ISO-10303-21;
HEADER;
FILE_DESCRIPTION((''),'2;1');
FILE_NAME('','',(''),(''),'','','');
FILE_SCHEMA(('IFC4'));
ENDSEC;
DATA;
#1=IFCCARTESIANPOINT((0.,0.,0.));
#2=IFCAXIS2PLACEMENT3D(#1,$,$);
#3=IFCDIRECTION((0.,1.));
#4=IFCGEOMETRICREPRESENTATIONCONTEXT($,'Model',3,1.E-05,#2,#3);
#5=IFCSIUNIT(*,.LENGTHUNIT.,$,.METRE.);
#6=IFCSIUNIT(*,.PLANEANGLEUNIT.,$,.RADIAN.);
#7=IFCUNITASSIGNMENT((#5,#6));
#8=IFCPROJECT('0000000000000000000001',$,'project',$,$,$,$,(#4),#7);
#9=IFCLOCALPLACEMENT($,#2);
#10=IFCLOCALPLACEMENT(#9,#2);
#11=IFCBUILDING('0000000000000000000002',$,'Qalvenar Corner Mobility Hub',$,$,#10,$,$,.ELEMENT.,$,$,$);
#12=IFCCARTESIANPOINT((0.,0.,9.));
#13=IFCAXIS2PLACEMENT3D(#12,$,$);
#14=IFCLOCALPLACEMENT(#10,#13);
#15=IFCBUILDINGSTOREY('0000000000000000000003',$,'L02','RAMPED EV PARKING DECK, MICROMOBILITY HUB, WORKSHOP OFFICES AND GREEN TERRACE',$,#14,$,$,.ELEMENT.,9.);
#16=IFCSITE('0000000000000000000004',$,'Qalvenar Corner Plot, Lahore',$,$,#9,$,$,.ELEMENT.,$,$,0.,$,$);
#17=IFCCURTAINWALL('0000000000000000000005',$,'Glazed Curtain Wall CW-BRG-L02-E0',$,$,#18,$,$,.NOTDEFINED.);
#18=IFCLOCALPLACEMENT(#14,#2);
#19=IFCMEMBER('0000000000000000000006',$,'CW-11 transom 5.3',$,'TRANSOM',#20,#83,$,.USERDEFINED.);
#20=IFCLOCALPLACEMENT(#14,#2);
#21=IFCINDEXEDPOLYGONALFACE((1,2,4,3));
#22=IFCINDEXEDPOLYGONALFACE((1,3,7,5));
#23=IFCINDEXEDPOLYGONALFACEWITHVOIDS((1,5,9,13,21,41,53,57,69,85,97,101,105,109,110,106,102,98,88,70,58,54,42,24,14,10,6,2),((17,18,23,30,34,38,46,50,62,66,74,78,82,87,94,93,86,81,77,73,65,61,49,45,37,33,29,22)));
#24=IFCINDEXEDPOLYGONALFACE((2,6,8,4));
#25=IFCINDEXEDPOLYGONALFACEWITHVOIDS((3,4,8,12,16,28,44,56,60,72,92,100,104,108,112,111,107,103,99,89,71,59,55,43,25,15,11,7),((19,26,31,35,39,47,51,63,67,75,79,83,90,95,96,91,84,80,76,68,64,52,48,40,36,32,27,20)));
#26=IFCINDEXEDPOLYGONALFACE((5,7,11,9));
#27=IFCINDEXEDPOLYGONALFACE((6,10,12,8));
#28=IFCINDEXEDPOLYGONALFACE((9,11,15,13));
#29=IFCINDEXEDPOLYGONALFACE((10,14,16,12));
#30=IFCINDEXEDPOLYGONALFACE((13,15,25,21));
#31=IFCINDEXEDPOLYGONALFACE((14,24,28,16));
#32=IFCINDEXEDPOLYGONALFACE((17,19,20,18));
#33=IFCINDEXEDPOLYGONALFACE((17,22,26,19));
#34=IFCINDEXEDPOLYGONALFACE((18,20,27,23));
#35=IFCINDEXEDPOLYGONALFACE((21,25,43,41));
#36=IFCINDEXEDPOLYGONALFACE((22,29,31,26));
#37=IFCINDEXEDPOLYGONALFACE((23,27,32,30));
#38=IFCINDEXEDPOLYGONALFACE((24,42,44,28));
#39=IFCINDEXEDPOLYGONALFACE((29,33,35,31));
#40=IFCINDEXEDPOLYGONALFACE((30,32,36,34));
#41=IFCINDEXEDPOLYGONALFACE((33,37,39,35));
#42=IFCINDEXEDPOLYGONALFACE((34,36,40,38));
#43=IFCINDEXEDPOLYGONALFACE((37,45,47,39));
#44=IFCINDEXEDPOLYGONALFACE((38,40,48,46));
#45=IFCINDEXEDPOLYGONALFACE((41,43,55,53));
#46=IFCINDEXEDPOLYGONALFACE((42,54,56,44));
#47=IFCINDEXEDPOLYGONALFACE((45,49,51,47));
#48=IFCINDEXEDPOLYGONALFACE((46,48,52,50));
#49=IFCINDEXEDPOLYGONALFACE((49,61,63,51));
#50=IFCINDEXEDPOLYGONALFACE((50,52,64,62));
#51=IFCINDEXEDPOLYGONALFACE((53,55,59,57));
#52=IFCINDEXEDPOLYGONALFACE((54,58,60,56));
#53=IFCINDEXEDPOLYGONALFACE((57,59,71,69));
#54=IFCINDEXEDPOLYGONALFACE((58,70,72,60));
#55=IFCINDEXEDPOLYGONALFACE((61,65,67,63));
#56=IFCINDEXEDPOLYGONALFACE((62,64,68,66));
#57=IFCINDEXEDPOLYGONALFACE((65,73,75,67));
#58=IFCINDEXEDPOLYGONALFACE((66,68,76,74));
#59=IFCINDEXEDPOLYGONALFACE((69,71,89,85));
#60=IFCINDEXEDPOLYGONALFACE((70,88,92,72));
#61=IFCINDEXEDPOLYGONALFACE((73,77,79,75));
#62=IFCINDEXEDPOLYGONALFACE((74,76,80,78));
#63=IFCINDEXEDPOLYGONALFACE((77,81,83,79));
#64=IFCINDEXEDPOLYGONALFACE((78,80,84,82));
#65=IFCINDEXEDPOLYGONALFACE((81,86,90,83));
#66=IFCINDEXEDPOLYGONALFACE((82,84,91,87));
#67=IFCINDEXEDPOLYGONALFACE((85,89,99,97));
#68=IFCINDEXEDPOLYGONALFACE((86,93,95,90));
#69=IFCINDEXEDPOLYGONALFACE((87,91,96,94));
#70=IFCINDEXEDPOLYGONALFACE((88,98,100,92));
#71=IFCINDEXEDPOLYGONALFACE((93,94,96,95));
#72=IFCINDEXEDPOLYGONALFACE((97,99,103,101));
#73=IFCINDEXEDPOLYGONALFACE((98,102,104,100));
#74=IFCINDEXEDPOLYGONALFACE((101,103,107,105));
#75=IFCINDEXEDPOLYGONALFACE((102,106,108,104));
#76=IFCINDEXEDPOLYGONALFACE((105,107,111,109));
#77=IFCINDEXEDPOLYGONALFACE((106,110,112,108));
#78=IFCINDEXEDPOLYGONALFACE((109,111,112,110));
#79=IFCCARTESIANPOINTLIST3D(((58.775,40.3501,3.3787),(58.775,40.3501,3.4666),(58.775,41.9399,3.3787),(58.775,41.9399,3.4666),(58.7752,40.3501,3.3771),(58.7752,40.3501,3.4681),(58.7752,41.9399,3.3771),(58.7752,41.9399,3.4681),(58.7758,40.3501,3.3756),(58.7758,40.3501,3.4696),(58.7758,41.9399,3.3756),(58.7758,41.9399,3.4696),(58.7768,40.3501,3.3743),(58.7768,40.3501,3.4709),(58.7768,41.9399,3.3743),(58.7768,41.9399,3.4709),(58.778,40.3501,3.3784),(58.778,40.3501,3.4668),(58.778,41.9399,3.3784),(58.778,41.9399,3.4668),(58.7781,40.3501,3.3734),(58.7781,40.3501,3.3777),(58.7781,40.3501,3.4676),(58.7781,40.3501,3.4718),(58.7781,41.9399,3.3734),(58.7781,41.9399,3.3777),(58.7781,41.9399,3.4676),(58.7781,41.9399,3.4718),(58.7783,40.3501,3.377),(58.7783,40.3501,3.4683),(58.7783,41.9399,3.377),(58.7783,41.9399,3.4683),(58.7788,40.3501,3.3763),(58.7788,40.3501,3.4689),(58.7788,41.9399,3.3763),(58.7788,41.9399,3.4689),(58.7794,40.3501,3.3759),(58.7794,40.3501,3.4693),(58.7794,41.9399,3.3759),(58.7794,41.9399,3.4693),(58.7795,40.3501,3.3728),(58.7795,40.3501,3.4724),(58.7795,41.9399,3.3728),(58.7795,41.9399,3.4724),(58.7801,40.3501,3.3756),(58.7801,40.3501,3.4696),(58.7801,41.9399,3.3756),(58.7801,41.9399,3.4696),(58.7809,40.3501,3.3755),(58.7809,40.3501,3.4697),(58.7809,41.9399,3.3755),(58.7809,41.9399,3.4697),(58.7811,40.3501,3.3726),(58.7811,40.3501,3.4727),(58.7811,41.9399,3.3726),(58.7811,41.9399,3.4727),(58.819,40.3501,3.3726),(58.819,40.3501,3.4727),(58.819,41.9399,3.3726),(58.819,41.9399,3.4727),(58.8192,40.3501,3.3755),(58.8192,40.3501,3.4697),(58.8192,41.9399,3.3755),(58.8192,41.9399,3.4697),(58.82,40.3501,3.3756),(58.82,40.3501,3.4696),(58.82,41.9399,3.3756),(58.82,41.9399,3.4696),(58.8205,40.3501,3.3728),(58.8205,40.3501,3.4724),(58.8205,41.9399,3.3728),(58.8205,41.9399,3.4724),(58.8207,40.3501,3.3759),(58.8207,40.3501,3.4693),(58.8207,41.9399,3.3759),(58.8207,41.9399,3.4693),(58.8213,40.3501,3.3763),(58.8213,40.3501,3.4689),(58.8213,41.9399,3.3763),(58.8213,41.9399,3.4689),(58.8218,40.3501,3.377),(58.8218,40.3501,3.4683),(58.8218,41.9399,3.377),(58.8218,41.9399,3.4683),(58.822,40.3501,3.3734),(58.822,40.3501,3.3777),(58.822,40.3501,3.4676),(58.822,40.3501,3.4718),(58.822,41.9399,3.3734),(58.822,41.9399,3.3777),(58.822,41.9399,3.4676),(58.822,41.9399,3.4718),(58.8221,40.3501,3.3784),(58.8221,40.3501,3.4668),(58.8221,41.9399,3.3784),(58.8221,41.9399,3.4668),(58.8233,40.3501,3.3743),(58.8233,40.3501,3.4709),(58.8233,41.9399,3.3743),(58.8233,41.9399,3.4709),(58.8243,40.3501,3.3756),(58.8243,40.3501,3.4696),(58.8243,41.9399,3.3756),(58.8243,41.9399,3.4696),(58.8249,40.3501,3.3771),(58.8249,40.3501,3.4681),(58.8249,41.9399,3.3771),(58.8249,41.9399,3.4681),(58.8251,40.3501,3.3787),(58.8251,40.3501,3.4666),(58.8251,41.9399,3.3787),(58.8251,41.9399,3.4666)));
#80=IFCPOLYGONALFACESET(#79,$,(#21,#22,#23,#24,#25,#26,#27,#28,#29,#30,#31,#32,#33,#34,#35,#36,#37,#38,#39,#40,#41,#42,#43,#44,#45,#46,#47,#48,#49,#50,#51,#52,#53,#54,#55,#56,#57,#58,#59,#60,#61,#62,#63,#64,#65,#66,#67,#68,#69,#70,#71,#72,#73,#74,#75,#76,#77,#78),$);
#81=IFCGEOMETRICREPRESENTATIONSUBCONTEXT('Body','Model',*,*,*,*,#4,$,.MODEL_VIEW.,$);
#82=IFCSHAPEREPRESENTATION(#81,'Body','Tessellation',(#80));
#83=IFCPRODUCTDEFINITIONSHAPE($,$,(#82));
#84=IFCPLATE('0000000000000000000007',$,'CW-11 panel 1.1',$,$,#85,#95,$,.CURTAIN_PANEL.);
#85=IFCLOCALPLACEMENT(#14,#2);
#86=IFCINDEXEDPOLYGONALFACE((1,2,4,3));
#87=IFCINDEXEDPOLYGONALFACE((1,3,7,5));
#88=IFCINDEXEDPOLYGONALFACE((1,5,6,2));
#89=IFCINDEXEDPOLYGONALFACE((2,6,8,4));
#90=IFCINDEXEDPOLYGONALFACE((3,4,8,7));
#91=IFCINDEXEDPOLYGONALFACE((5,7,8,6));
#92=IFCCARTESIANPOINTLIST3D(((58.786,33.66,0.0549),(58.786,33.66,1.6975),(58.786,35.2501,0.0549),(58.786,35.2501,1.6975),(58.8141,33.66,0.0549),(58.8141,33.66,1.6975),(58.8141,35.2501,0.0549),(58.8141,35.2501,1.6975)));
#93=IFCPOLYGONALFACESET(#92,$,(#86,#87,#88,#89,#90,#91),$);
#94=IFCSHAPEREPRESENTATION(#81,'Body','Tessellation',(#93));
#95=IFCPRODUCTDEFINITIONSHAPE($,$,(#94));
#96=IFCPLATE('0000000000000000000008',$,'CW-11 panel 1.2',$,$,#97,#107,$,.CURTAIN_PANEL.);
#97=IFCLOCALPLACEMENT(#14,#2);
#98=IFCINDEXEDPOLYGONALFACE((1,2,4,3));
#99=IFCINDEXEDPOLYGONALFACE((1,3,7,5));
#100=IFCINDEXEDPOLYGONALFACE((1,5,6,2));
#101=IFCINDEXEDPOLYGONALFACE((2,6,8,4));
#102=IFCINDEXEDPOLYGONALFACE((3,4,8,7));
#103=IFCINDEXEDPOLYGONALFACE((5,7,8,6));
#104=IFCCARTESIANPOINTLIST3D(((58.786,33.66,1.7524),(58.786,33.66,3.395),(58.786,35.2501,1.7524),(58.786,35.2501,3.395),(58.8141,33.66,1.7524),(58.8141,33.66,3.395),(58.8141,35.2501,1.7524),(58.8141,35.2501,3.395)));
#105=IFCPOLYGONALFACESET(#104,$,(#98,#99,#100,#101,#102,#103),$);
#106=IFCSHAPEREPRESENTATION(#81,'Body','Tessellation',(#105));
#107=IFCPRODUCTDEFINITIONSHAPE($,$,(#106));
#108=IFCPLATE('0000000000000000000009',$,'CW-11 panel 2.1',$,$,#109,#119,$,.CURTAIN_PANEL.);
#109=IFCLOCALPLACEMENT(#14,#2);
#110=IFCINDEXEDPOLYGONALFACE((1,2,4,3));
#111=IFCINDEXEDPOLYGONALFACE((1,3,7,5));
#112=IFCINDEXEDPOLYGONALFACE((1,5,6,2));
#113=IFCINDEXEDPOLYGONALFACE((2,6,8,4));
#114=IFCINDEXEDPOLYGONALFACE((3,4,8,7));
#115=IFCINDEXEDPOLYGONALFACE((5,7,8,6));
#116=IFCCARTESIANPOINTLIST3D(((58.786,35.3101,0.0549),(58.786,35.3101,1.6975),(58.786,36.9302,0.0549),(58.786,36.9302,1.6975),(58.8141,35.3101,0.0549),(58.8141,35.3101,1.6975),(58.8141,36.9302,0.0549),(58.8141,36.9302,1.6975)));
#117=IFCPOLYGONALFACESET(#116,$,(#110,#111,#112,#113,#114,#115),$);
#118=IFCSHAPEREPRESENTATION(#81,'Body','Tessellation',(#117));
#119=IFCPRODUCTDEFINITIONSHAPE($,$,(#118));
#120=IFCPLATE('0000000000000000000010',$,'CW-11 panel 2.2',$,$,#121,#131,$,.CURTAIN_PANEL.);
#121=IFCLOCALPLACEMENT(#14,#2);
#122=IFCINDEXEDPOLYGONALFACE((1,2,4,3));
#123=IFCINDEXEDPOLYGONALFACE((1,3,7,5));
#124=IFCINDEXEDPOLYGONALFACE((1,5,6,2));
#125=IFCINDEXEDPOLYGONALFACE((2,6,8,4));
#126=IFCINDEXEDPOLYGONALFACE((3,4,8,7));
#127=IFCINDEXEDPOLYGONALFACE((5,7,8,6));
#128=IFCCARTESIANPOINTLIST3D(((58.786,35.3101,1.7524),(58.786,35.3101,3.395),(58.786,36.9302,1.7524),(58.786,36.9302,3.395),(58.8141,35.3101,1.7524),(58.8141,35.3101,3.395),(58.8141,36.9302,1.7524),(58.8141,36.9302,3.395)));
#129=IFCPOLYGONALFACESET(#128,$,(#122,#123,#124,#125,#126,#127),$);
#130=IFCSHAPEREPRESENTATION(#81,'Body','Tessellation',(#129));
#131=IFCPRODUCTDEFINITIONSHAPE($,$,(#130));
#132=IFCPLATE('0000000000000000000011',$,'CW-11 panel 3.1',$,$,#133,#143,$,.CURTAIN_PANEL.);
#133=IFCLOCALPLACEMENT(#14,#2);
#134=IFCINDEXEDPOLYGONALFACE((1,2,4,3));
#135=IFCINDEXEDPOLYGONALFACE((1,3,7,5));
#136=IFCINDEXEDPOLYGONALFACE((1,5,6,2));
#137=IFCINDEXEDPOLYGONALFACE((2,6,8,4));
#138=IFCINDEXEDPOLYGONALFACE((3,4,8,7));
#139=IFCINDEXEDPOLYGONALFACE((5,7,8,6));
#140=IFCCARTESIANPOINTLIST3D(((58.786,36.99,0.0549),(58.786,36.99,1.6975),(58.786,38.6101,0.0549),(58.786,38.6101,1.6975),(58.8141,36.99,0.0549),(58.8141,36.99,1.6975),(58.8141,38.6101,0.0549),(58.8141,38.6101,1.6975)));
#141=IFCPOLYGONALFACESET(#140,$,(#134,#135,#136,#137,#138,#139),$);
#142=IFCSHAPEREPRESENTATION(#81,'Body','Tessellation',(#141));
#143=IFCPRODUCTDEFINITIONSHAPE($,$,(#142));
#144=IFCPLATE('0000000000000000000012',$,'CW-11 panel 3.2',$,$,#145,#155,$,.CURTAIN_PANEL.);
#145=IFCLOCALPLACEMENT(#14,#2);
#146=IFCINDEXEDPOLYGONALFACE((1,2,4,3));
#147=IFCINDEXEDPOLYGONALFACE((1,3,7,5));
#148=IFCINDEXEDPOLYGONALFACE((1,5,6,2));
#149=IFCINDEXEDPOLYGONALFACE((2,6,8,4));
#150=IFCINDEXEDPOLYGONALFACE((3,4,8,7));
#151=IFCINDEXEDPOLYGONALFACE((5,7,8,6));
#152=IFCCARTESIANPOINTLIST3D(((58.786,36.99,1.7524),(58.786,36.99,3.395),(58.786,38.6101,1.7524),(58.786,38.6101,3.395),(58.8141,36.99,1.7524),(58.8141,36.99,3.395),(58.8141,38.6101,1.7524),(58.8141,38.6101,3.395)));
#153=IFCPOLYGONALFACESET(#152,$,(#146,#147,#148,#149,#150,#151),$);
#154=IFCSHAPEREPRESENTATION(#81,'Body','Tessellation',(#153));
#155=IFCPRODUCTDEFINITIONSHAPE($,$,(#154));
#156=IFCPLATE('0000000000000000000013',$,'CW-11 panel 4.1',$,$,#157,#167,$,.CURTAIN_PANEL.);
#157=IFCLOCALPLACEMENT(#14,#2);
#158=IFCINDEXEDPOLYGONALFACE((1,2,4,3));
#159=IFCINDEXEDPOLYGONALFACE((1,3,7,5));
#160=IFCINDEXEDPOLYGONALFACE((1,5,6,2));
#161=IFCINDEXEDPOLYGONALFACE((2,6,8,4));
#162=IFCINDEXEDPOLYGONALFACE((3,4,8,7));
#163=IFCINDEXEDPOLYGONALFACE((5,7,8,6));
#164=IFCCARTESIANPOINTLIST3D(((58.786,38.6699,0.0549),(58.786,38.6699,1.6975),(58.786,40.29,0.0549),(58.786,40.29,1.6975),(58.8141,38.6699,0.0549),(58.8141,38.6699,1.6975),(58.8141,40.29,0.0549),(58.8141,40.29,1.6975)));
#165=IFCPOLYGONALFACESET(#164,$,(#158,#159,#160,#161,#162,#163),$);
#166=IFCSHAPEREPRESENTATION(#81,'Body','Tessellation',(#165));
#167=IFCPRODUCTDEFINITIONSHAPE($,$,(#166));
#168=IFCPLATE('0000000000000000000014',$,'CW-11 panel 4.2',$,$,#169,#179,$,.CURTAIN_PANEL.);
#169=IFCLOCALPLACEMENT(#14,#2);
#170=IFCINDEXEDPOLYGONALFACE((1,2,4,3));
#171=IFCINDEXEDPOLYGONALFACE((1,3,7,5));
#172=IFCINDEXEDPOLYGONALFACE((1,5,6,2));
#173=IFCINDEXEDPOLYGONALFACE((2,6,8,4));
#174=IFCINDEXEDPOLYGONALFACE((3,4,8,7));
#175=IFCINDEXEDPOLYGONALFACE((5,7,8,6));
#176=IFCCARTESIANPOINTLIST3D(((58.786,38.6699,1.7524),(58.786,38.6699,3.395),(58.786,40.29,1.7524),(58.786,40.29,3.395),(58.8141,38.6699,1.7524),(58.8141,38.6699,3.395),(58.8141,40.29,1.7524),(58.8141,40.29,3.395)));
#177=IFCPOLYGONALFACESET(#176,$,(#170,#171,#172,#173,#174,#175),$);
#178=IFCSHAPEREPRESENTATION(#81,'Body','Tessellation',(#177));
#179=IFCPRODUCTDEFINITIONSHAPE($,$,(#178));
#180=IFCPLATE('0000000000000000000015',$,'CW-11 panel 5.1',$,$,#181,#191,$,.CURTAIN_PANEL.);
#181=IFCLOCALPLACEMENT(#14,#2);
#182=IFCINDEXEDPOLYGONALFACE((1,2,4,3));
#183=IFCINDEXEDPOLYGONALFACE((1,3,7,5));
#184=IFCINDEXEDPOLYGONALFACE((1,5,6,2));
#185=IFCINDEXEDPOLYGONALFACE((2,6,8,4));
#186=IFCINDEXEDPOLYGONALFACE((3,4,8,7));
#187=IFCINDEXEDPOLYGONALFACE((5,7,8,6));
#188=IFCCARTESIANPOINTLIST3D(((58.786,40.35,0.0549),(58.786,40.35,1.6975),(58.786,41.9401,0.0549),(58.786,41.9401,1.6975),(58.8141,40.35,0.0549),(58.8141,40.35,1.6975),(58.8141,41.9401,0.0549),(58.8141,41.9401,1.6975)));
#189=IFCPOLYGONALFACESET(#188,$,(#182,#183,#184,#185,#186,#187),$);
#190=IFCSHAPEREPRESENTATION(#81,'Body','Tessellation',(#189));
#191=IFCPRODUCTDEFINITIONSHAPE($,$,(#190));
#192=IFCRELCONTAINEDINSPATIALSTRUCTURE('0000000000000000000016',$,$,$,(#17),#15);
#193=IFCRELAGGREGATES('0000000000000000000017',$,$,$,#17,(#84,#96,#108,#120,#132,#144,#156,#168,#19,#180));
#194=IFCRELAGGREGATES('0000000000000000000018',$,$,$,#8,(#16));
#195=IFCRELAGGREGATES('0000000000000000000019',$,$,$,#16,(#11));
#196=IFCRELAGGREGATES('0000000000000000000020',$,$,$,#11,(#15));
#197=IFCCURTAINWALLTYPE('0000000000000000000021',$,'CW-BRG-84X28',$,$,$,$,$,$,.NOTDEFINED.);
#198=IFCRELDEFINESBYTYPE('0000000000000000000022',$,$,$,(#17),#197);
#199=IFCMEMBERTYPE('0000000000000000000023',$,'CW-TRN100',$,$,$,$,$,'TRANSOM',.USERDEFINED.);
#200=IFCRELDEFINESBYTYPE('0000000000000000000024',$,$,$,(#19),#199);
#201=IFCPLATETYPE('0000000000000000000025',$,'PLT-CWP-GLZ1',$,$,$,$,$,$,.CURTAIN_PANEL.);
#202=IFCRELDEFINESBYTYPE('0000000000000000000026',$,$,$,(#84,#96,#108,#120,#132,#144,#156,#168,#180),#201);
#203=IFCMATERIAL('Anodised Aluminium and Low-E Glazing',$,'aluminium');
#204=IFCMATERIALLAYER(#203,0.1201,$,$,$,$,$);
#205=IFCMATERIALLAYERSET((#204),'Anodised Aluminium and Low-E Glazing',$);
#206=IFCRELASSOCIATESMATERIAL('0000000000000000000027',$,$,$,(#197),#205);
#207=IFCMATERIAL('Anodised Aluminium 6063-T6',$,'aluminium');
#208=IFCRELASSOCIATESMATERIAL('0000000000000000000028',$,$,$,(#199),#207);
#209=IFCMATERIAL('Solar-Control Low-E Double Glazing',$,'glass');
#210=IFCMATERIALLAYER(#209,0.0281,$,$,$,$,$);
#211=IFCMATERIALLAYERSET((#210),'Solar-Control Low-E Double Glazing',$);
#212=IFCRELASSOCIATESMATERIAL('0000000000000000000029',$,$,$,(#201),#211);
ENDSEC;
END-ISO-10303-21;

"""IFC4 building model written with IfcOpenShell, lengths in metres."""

from ifc_helpers import new_model, si_unit, direction, frame, origin, origin_2d, place, context, subcontext, project, spatial, rectangle, hollow_rectangle, extrude, material, layer, layer_set, material_profile, profile_set, type_object, element, aggregate, save


model = new_model("IFC4")

# Units and contexts
model_context = context("Model", 3, precision=1e-05, world=origin(), true_north=direction((0.0, 1.0)))
body_context = subcontext(model_context, "Body", "Model", "MODEL_VIEW")
ifc_project = project(units=[si_unit("LENGTHUNIT", "METRE"), si_unit("PLANEANGLEUNIT", "RADIAN")], contexts=[model_context])

# Site, building, storey
site_placement = place(None, origin())
site = spatial("IfcSite", under=ifc_project, at=site_placement, Name="Qalvenar Corner Plot, Lahore", CompositionType="ELEMENT", RefElevation=0.0)
building_placement = place(site_placement, origin())
building = spatial("IfcBuilding", under=site, at=building_placement, Name="Qalvenar Corner Mobility Hub", CompositionType="ELEMENT")
storey_placement = place(building_placement, frame((0.0, 0.0, 9.0)))
storey = spatial("IfcBuildingStorey", under=building, at=storey_placement, Name="L02", Description="RAMPED EV PARKING DECK, MICROMOBILITY HUB, WORKSHOP OFFICES AND GREEN TERRACE", CompositionType="ELEMENT", Elevation=9.0)

# Curtain wall, member, plates
ifc_material_1 = material(Name="Anodised Aluminium and Low-E Glazing", Category="aluminium")
ifc_layer_1 = layer(ifc_material_1, 0.1201)
ifc_layer_set_1 = layer_set([ifc_layer_1], Name="Anodised Aluminium and Low-E Glazing")
curtain_wall_type = type_object("IfcCurtainWallType", Name="CW-BRG-84X28", PredefinedType="NOTDEFINED", material=ifc_layer_set_1)
curtain_wall_placement = place(storey_placement, origin())
curtain_wall = element("IfcCurtainWall", 1, at=curtain_wall_placement, inside=storey, type_object=curtain_wall_type, Name="Glazed Curtain Wall CW-BRG-L02-E0", PredefinedType="NOTDEFINED")
ifc_material_2 = material(Name="Anodised Aluminium 6063-T6", Category="aluminium")
ifc_material_profile_1 = material_profile(ifc_material_2, hollow_rectangle(XDim=0.05, YDim=0.1001, WallThickness=0.0029, InnerFilletRadius=0.0029, OuterFilletRadius=0.0061, at=origin_2d()), Name="RHS100x50x3")
ifc_profile_set_1 = profile_set([ifc_material_profile_1], Name="Anodised Aluminium 6063-T6")
member_type_1 = type_object("IfcMemberType", Name="CW-TRN100", ElementType="TRANSOM", PredefinedType="USERDEFINED", material=ifc_profile_set_1)
member_1_placement = place(storey_placement, frame((58.8, 40.3501, 3.4226), z_axis=(0.0, 1.0, 0.0), x_axis=(-1.0, 0.0, 0.0)))
member_1 = element("IfcMember", 2, at=member_1_placement, type_object=member_type_1, Name="CW-11 transom 5.3", ObjectType="TRANSOM", PredefinedType="USERDEFINED", context=body_context, shape_type="SweptSolid", body=[
    extrude(hollow_rectangle(XDim=0.05, YDim=0.1001, WallThickness=0.0029, InnerFilletRadius=0.0029, OuterFilletRadius=0.0061, at=origin_2d()), origin(), (0.0, 0.0, 1.0), 1.5898),
])
ifc_material_3 = material(Name="Solar-Control Low-E Double Glazing", Category="glass")
ifc_layer_2 = layer(ifc_material_3, 0.0281)
ifc_layer_set_2 = layer_set([ifc_layer_2], Name="Solar-Control Low-E Double Glazing")
plate_type = type_object("IfcPlateType", Name="PLT-CWP-GLZ1", PredefinedType="CURTAIN_PANEL", material=ifc_layer_set_2)
plate_1_placement = place(storey_placement, frame((58.8, 34.4551, 0.0549), z_axis=(0.0, 0.0, 1.0), x_axis=(0.0, 1.0, 0.0)))
plate_1 = element("IfcPlate", 3, at=plate_1_placement, type_object=plate_type, Name="CW-11 panel 1.1", PredefinedType="CURTAIN_PANEL", context=body_context, shape_type="SweptSolid", body=[
    extrude(rectangle(XDim=1.5901, YDim=0.0281, at=origin_2d()), origin(), (0.0, 0.0, 1.0), 1.6426),
])
plate_2_placement = place(storey_placement, frame((58.8, 34.4551, 1.7524), z_axis=(0.0, 0.0, 1.0), x_axis=(0.0, 1.0, 0.0)))
plate_2 = element("IfcPlate", 4, at=plate_2_placement, type_object=plate_type, Name="CW-11 panel 1.2", PredefinedType="CURTAIN_PANEL", context=body_context, shape_type="SweptSolid", body=[
    extrude(rectangle(XDim=1.5901, YDim=0.0281, at=origin_2d()), origin(), (0.0, 0.0, 1.0), 1.6426),
])
plate_3_placement = place(storey_placement, frame((58.8, 36.1201, 0.0549), z_axis=(0.0, 0.0, 1.0), x_axis=(0.0, 1.0, 0.0)))
plate_3 = element("IfcPlate", 5, at=plate_3_placement, type_object=plate_type, Name="CW-11 panel 2.1", PredefinedType="CURTAIN_PANEL", context=body_context, shape_type="SweptSolid", body=[
    extrude(rectangle(XDim=1.6201, YDim=0.0281, at=origin_2d()), origin(), (0.0, 0.0, 1.0), 1.6426),
])
plate_4_placement = place(storey_placement, frame((58.8, 36.1201, 1.7524), z_axis=(0.0, 0.0, 1.0), x_axis=(0.0, 1.0, 0.0)))
plate_4 = element("IfcPlate", 6, at=plate_4_placement, type_object=plate_type, Name="CW-11 panel 2.2", PredefinedType="CURTAIN_PANEL", context=body_context, shape_type="SweptSolid", body=[
    extrude(rectangle(XDim=1.6201, YDim=0.0281, at=origin_2d()), origin(), (0.0, 0.0, 1.0), 1.6426),
])
plate_5_placement = place(storey_placement, frame((58.8, 37.8, 0.0549), z_axis=(0.0, 0.0, 1.0), x_axis=(0.0, 1.0, 0.0)))
plate_5 = element("IfcPlate", 7, at=plate_5_placement, type_object=plate_type, Name="CW-11 panel 3.1", PredefinedType="CURTAIN_PANEL", context=body_context, shape_type="SweptSolid", body=[
    extrude(rectangle(XDim=1.6201, YDim=0.0281, at=origin_2d()), origin(), (0.0, 0.0, 1.0), 1.6426),
])
plate_6_placement = place(storey_placement, frame((58.8, 37.8, 1.7524), z_axis=(0.0, 0.0, 1.0), x_axis=(0.0, 1.0, 0.0)))
plate_6 = element("IfcPlate", 8, at=plate_6_placement, type_object=plate_type, Name="CW-11 panel 3.2", PredefinedType="CURTAIN_PANEL", context=body_context, shape_type="SweptSolid", body=[
    extrude(rectangle(XDim=1.6201, YDim=0.0281, at=origin_2d()), origin(), (0.0, 0.0, 1.0), 1.6426),
])
plate_7_placement = place(storey_placement, frame((58.8, 39.48, 0.0549), z_axis=(0.0, 0.0, 1.0), x_axis=(0.0, 1.0, 0.0)))
plate_7 = element("IfcPlate", 9, at=plate_7_placement, type_object=plate_type, Name="CW-11 panel 4.1", PredefinedType="CURTAIN_PANEL", context=body_context, shape_type="SweptSolid", body=[
    extrude(rectangle(XDim=1.6201, YDim=0.0281, at=origin_2d()), origin(), (0.0, 0.0, 1.0), 1.6426),
])
plate_8_placement = place(storey_placement, frame((58.8, 39.48, 1.7524), z_axis=(0.0, 0.0, 1.0), x_axis=(0.0, 1.0, 0.0)))
plate_8 = element("IfcPlate", 10, at=plate_8_placement, type_object=plate_type, Name="CW-11 panel 4.2", PredefinedType="CURTAIN_PANEL", context=body_context, shape_type="SweptSolid", body=[
    extrude(rectangle(XDim=1.6201, YDim=0.0281, at=origin_2d()), origin(), (0.0, 0.0, 1.0), 1.6426),
])
plate_9_placement = place(storey_placement, frame((58.8, 41.145, 0.0549), z_axis=(0.0, 0.0, 1.0), x_axis=(0.0, 1.0, 0.0)))
plate_9 = element("IfcPlate", 11, at=plate_9_placement, type_object=plate_type, Name="CW-11 panel 5.1", PredefinedType="CURTAIN_PANEL", context=body_context, shape_type="SweptSolid", body=[
    extrude(rectangle(XDim=1.5901, YDim=0.0281, at=origin_2d()), origin(), (0.0, 0.0, 1.0), 1.6426),
])
aggregate(curtain_wall, [plate_1, plate_2, plate_3, plate_4, plate_5, plate_6, plate_7, plate_8, member_1, plate_9])

save(model, "model.ifc")
